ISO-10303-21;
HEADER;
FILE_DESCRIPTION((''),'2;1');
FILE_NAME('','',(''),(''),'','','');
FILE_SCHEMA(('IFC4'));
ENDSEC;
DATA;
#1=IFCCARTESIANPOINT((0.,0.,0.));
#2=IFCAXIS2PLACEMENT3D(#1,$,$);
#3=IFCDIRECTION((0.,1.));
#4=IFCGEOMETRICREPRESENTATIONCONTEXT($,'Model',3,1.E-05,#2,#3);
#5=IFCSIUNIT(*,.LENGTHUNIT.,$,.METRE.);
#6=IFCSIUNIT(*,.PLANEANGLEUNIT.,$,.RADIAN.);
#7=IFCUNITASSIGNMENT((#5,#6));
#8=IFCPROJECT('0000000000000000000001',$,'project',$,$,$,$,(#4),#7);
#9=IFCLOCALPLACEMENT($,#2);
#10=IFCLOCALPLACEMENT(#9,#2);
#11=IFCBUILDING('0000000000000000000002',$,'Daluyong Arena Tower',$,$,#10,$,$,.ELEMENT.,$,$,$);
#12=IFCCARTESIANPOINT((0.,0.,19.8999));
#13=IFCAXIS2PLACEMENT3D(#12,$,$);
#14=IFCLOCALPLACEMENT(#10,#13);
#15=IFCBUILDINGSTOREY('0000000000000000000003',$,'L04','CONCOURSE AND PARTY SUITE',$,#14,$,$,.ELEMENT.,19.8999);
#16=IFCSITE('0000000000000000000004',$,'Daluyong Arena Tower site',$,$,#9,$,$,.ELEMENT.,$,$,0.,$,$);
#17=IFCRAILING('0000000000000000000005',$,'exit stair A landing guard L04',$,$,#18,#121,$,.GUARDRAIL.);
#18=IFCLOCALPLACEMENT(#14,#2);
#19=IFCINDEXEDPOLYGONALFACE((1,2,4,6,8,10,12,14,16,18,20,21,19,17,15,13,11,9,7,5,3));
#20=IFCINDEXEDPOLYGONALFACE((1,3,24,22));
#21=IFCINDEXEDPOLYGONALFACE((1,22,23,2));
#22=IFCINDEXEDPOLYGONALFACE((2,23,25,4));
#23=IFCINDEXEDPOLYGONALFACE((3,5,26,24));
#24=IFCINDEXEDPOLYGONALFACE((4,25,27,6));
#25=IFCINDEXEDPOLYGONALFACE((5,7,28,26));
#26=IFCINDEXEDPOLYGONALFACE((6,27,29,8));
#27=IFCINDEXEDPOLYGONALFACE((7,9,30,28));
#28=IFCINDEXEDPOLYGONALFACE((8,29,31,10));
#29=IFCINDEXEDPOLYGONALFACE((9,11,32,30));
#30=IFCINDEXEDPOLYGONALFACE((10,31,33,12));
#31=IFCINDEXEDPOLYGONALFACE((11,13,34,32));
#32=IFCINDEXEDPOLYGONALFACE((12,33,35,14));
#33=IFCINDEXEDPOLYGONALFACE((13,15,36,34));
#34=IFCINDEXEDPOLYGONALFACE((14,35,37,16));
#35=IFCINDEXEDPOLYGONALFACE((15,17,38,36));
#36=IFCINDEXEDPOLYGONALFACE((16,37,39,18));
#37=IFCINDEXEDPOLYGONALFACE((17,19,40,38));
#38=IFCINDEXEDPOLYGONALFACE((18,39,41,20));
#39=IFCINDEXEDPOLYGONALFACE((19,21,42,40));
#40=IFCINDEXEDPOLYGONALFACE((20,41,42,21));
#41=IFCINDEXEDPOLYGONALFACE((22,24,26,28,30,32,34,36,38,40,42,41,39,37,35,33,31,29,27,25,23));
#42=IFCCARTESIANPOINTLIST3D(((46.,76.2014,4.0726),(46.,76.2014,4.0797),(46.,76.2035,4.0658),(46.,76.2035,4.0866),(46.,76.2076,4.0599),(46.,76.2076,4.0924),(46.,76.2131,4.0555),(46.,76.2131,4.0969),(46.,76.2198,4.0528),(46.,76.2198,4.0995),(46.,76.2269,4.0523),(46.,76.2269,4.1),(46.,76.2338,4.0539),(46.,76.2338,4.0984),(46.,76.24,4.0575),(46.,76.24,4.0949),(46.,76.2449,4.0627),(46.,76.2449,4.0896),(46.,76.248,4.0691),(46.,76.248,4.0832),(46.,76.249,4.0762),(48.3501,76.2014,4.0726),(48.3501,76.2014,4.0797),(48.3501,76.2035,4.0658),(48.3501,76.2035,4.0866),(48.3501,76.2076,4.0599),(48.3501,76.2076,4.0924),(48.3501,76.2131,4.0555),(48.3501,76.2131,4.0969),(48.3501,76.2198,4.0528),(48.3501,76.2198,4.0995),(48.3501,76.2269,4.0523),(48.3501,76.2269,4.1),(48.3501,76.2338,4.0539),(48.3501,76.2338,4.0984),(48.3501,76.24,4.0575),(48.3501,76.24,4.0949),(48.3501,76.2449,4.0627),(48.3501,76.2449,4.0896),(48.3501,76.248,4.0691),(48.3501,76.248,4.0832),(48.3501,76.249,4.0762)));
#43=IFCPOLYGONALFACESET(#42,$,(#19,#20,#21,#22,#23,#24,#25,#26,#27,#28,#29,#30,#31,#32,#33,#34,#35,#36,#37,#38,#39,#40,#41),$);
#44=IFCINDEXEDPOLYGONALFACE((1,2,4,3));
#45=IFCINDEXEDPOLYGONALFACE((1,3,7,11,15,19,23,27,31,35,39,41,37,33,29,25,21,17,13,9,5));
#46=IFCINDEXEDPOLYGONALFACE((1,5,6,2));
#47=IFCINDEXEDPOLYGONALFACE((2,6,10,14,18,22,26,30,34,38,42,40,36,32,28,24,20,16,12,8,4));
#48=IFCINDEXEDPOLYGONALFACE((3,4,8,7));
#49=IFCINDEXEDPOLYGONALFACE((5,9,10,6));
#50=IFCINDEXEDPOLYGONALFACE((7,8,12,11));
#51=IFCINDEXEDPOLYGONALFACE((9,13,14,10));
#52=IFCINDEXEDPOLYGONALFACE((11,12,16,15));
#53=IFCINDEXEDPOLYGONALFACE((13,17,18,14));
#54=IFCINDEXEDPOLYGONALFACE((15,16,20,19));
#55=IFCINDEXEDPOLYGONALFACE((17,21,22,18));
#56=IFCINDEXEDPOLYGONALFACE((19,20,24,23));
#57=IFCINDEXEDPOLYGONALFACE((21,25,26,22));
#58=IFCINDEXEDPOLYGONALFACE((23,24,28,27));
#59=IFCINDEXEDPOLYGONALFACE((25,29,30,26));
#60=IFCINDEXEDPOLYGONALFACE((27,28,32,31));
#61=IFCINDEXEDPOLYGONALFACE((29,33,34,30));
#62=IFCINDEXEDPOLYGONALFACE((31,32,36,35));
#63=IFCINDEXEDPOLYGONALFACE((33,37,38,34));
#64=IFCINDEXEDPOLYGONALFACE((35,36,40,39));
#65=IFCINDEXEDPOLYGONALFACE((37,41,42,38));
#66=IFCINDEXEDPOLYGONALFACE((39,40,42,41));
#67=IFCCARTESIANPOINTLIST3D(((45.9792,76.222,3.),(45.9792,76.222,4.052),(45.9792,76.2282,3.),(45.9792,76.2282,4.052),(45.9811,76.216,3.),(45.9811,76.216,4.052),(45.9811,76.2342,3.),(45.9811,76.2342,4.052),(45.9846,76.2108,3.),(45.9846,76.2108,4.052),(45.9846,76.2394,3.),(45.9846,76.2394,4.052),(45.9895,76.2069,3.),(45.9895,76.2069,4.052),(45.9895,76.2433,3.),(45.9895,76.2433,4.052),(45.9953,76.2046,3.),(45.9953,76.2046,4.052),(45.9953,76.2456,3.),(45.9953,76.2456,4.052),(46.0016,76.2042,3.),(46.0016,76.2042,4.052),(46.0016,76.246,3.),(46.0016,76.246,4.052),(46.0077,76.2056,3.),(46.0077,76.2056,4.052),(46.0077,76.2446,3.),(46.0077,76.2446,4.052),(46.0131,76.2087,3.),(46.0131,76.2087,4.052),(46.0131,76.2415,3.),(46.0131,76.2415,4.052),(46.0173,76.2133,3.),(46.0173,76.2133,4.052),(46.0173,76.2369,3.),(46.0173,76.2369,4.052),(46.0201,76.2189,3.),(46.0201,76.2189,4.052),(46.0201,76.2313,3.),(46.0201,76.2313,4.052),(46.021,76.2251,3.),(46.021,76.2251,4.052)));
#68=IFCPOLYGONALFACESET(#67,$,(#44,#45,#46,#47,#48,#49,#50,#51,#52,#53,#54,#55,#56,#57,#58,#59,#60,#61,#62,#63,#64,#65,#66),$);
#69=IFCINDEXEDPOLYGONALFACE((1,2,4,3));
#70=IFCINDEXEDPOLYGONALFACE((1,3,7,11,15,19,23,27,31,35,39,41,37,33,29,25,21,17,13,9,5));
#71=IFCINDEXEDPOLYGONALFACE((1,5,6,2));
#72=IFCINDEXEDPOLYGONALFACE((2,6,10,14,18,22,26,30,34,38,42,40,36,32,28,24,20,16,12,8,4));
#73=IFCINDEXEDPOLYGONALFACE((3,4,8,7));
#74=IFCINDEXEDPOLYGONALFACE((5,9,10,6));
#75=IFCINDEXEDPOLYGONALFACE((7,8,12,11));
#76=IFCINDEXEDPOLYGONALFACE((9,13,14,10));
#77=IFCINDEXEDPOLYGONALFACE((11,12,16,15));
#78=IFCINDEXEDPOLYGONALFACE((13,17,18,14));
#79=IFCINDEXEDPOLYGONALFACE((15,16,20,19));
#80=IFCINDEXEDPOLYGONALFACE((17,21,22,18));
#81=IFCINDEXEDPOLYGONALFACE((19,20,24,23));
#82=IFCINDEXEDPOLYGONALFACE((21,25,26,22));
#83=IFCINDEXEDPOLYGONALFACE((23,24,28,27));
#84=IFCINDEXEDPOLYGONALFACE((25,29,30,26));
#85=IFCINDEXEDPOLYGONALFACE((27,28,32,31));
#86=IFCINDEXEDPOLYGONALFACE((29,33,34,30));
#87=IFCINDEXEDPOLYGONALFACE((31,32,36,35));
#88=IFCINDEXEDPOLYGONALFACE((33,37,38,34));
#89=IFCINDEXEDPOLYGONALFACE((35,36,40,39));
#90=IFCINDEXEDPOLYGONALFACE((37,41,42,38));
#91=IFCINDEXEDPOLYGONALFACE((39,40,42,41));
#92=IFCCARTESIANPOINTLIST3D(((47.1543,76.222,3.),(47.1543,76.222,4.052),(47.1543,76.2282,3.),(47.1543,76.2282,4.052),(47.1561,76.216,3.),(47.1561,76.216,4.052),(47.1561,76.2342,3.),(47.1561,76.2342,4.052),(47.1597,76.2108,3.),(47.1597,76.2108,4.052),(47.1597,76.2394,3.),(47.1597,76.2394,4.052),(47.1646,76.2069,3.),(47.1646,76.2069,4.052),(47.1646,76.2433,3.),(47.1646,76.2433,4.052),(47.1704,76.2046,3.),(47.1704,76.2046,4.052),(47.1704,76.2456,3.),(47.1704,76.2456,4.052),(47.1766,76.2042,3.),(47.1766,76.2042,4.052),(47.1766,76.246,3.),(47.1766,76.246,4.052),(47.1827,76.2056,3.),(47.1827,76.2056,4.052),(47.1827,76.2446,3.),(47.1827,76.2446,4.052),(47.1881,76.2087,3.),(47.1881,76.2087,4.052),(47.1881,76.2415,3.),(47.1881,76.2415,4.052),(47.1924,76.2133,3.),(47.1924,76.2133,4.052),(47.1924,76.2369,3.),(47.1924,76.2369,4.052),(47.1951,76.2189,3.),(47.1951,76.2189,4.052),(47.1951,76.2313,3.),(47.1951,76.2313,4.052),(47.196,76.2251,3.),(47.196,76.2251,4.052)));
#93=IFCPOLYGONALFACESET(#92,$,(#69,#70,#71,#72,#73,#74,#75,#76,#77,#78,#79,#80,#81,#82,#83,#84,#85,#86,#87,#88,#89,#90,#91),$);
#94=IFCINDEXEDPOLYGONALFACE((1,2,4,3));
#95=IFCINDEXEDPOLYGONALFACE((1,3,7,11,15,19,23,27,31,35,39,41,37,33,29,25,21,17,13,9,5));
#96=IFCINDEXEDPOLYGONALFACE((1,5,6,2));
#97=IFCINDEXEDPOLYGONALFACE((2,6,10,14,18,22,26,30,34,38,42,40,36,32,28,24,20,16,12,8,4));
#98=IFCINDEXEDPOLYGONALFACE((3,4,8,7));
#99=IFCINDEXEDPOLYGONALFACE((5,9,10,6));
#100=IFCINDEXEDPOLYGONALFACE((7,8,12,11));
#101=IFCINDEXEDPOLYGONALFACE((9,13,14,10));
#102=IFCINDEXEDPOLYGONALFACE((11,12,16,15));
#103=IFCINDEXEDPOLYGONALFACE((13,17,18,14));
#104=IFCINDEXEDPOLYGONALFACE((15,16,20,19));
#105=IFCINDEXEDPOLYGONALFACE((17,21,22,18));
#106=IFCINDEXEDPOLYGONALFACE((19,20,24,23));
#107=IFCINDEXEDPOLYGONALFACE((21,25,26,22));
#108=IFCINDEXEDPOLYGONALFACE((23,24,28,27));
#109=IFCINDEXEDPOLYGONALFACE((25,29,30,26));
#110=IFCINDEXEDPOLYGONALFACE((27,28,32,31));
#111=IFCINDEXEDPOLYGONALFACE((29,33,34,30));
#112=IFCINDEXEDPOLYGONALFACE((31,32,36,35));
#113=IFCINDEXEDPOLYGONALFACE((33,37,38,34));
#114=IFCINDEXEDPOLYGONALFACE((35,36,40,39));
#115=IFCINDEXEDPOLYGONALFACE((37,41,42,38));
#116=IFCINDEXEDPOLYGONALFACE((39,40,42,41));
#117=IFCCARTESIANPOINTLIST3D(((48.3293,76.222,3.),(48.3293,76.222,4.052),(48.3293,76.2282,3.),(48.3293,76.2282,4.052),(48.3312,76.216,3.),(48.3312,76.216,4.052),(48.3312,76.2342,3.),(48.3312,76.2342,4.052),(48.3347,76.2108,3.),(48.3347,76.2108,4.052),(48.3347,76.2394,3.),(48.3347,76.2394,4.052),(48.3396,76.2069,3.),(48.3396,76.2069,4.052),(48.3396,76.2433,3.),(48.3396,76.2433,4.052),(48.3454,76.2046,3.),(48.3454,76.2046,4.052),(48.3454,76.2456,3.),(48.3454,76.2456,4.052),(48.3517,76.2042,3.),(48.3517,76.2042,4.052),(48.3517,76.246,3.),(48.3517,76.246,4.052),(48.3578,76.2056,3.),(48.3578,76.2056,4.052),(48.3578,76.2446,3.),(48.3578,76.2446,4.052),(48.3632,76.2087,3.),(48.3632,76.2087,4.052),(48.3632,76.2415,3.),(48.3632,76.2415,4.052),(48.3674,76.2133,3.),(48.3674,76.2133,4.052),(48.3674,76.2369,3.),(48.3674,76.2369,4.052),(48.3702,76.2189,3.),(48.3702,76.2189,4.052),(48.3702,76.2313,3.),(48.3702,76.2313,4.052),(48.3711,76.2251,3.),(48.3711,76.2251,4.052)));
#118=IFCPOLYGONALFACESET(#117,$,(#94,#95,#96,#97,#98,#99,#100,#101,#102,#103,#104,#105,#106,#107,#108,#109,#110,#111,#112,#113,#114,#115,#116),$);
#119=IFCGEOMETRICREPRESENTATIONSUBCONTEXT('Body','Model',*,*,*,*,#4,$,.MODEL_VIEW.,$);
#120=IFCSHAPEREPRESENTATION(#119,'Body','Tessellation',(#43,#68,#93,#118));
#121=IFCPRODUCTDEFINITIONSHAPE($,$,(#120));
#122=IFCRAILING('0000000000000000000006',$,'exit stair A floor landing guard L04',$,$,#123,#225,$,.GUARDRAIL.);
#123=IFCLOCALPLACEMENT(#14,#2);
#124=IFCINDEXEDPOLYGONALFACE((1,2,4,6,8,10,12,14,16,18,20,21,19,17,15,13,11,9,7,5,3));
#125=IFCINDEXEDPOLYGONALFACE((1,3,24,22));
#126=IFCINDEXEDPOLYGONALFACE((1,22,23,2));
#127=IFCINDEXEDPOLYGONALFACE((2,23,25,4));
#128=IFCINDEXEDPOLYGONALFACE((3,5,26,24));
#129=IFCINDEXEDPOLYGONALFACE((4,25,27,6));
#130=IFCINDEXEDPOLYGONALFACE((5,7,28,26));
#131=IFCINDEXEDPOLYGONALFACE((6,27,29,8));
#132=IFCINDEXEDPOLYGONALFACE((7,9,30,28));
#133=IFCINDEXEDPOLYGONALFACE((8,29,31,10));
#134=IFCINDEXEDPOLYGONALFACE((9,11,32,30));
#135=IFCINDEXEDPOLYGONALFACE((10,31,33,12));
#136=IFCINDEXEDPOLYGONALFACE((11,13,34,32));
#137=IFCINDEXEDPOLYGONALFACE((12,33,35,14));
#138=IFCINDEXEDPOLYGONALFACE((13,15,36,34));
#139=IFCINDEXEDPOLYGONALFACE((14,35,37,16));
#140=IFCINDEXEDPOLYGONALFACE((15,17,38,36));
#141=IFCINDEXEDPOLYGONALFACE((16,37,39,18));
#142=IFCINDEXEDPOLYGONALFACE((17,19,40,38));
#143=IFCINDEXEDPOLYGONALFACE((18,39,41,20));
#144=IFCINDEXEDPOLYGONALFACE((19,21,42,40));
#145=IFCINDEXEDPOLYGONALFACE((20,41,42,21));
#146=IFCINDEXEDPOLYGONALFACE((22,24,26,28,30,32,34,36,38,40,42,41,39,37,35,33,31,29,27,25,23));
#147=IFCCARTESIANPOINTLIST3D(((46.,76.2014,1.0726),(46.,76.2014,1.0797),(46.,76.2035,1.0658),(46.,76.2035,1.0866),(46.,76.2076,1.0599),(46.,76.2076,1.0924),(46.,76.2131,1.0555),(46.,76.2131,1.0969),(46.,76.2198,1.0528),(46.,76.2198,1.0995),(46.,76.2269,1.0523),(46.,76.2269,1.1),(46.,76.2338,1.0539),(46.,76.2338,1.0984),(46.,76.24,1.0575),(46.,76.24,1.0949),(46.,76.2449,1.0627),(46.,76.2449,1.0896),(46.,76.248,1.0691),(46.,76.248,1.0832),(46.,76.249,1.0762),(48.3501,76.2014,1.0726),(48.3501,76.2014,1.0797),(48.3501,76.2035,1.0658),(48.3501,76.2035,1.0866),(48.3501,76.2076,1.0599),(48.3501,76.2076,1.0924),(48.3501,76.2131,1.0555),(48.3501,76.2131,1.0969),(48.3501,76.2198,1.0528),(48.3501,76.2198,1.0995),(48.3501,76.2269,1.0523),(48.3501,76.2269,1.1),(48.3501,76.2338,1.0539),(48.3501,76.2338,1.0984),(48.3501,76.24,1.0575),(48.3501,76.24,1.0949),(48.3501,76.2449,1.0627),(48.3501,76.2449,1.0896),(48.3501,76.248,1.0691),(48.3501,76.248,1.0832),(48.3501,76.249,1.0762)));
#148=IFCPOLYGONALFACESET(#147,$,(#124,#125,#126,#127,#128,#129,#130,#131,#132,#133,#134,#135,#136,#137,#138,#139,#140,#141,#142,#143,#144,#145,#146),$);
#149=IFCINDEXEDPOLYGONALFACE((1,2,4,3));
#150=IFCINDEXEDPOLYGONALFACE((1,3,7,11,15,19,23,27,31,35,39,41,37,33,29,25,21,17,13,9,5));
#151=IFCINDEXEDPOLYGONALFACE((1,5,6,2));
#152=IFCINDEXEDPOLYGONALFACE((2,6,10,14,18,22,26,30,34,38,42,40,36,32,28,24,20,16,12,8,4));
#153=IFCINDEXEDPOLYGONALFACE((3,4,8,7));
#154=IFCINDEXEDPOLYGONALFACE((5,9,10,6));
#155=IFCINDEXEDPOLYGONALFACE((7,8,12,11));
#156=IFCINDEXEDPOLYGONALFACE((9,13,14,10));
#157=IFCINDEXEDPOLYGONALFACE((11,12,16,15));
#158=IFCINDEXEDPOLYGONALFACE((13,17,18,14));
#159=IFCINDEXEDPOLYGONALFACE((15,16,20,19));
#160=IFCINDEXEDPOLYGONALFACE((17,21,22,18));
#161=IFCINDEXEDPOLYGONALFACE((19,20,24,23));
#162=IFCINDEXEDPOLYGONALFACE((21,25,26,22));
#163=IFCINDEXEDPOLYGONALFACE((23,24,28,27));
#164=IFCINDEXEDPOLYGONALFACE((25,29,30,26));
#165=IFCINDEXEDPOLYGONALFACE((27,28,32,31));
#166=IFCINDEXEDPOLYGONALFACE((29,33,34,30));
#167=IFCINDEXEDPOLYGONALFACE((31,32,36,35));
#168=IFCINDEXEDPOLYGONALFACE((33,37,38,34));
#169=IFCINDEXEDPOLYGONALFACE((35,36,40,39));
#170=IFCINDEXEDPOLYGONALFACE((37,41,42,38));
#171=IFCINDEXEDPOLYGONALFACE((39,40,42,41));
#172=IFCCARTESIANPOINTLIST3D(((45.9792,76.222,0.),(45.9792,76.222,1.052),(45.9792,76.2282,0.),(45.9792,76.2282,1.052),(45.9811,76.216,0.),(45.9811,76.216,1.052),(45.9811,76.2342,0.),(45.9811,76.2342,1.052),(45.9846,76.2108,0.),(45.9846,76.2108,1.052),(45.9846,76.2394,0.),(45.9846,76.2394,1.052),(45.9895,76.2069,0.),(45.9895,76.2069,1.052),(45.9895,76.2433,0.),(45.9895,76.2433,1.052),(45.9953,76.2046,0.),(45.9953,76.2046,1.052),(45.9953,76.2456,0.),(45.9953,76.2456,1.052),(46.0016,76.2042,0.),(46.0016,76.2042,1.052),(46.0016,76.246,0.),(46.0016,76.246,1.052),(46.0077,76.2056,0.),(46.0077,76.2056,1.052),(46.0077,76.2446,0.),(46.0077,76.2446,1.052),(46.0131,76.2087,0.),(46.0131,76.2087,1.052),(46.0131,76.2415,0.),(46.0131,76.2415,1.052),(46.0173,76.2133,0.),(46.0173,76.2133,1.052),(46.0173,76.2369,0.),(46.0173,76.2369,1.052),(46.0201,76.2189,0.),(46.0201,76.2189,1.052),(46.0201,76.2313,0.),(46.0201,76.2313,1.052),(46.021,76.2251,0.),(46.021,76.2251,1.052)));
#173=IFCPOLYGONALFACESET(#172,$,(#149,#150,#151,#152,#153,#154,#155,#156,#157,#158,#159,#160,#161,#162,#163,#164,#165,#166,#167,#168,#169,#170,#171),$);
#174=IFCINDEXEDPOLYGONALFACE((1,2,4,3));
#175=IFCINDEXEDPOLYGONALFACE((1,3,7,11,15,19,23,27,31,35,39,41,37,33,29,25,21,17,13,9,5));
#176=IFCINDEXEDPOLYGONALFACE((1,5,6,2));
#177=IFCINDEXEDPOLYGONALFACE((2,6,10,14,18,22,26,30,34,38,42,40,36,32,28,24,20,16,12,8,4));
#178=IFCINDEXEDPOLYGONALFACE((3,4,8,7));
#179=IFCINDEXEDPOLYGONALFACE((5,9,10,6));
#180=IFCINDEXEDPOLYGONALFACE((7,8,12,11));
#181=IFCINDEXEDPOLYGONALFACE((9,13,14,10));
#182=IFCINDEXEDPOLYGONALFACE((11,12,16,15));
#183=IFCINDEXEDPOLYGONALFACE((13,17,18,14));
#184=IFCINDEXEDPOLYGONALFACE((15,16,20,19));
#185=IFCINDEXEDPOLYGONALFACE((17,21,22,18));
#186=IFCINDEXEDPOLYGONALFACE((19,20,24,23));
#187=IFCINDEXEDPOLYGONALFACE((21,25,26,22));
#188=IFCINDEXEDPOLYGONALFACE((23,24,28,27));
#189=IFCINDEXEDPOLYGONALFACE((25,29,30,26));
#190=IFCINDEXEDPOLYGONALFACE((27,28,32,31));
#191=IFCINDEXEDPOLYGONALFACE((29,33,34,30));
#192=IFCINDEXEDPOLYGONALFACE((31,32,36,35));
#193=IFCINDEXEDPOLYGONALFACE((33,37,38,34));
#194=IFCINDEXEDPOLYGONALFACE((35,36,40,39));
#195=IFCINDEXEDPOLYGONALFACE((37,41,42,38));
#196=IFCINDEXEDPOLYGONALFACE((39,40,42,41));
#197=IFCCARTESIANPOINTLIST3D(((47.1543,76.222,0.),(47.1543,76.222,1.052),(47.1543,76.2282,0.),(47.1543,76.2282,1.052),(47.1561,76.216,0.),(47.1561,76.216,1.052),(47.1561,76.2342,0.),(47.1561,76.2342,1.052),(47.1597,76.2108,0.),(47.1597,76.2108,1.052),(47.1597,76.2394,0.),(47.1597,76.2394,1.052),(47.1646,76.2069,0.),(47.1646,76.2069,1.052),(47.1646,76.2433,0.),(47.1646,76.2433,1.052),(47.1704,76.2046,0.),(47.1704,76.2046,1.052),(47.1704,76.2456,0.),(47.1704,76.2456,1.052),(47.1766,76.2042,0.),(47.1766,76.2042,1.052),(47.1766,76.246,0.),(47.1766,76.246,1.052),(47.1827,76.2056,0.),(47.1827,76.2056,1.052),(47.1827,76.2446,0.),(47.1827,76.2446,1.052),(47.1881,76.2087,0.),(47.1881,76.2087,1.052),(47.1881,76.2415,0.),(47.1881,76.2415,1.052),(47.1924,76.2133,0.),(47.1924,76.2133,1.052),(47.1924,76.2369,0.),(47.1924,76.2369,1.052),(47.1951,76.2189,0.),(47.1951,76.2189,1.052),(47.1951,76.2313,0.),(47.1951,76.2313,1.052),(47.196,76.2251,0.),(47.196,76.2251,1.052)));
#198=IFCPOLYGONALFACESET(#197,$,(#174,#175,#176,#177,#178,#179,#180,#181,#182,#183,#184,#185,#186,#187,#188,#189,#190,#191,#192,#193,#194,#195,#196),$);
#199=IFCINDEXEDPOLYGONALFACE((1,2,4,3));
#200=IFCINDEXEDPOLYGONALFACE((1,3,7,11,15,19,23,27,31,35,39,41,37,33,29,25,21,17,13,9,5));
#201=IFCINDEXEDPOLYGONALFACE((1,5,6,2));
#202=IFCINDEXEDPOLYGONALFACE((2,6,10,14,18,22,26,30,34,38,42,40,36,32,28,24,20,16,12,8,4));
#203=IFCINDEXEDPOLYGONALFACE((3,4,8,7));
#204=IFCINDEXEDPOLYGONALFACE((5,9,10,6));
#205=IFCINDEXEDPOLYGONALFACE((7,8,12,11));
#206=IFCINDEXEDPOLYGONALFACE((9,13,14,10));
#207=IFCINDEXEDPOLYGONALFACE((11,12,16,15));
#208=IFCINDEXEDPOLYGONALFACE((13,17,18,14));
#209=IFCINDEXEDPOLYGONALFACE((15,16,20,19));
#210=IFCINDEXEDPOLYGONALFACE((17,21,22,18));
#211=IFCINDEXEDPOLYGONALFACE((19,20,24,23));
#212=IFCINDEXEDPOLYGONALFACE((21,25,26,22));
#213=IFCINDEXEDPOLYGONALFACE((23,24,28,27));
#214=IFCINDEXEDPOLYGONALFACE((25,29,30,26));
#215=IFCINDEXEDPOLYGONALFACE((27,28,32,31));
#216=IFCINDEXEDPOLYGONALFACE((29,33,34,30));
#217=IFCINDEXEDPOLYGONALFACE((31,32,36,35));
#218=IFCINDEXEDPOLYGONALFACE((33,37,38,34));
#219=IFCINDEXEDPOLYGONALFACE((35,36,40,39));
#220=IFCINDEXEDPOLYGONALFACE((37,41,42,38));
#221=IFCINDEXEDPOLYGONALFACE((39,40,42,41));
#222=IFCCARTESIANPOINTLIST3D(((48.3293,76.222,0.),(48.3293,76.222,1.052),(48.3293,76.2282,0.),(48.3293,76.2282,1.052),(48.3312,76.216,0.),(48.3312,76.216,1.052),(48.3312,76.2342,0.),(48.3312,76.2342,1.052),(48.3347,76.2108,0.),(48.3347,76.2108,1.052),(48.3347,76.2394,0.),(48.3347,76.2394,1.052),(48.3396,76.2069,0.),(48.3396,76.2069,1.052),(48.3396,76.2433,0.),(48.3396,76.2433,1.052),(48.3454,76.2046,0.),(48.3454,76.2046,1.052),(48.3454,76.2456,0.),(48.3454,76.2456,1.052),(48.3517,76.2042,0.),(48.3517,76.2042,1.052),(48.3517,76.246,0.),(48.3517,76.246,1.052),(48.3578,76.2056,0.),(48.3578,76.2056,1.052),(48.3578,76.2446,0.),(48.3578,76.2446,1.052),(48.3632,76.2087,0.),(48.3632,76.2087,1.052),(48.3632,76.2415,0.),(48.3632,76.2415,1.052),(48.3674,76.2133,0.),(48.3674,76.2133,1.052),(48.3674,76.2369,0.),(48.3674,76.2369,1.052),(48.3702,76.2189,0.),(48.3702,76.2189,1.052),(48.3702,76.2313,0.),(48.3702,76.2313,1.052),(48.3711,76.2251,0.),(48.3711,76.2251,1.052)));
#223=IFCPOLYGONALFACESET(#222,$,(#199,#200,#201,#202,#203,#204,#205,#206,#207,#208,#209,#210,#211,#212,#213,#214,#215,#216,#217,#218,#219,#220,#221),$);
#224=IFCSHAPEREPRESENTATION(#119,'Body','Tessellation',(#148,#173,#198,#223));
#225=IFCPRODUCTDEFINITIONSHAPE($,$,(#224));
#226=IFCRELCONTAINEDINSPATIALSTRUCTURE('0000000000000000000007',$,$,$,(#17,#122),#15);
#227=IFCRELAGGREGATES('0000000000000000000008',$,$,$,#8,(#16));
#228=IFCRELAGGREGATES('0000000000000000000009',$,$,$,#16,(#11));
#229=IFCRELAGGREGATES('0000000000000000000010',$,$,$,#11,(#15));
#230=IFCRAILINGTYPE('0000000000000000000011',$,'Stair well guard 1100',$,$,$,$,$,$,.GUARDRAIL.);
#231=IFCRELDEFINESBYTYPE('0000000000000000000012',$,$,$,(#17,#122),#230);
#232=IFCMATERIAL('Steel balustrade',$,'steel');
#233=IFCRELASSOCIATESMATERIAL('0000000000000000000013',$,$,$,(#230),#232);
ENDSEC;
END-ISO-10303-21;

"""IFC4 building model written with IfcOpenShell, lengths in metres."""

from ifc_helpers import new_model, si_unit, direction, frame, origin, origin_2d, place, context, subcontext, project, spatial, circle, extrude, material, type_object, element, save


model = new_model("IFC4")

# Units and contexts
model_context = context("Model", 3, precision=1e-05, world=origin(), true_north=direction((0.0, 1.0)))
body_context = subcontext(model_context, "Body", "Model", "MODEL_VIEW")
ifc_project = project(units=[si_unit("LENGTHUNIT", "METRE"), si_unit("PLANEANGLEUNIT", "RADIAN")], contexts=[model_context])

# Site, building, storey
site_placement = place(None, origin())
site = spatial("IfcSite", under=ifc_project, at=site_placement, Name="Daluyong Arena Tower site", CompositionType="ELEMENT", RefElevation=0.0)
building_placement = place(site_placement, origin())
building = spatial("IfcBuilding", under=site, at=building_placement, Name="Daluyong Arena Tower", CompositionType="ELEMENT")
storey_placement = place(building_placement, frame((0.0, 0.0, 19.8999)))
storey = spatial("IfcBuildingStorey", under=building, at=storey_placement, Name="L04", Description="CONCOURSE AND PARTY SUITE", CompositionType="ELEMENT", Elevation=19.8999)

# Railings
ifc_material_1 = material(Name="Steel balustrade", Category="steel")
railing_type = type_object("IfcRailingType", Name="Stair well guard 1100", PredefinedType="GUARDRAIL", material=ifc_material_1)
for number, where, name in (
    (1, (46.0, 76.2251, 3.0), "exit stair A landing guard L04"),
    (2, (46.0, 76.2251, 0.0), "exit stair A floor landing guard L04"),
):
    element("IfcRailing", number, at=place(storey_placement, frame(where)), inside=storey, type_object=railing_type, Name=name, PredefinedType="GUARDRAIL", context=body_context, shape_type="SweptSolid", body=[
        extrude(circle(Radius=0.0239, at=origin_2d()), frame((0.0, 0.0, 1.0762), z_axis=(1.0, 0.0, 0.0), x_axis=(0.0, 1.0, 0.0)), (0.0, 0.0, 1.0), 2.3501),
        extrude(circle(Radius=0.021, at=origin_2d()), origin(), (0.0, 0.0, 1.0), 1.052),
        extrude(circle(Radius=0.021, at=origin_2d()), frame((1.175, 0.0, 0.0)), (0.0, 0.0, 1.0), 1.052),
        extrude(circle(Radius=0.021, at=origin_2d()), frame((2.3501, 0.0, 0.0)), (0.0, 0.0, 1.0), 1.052),
    ])

save(model, "model.ifc")
